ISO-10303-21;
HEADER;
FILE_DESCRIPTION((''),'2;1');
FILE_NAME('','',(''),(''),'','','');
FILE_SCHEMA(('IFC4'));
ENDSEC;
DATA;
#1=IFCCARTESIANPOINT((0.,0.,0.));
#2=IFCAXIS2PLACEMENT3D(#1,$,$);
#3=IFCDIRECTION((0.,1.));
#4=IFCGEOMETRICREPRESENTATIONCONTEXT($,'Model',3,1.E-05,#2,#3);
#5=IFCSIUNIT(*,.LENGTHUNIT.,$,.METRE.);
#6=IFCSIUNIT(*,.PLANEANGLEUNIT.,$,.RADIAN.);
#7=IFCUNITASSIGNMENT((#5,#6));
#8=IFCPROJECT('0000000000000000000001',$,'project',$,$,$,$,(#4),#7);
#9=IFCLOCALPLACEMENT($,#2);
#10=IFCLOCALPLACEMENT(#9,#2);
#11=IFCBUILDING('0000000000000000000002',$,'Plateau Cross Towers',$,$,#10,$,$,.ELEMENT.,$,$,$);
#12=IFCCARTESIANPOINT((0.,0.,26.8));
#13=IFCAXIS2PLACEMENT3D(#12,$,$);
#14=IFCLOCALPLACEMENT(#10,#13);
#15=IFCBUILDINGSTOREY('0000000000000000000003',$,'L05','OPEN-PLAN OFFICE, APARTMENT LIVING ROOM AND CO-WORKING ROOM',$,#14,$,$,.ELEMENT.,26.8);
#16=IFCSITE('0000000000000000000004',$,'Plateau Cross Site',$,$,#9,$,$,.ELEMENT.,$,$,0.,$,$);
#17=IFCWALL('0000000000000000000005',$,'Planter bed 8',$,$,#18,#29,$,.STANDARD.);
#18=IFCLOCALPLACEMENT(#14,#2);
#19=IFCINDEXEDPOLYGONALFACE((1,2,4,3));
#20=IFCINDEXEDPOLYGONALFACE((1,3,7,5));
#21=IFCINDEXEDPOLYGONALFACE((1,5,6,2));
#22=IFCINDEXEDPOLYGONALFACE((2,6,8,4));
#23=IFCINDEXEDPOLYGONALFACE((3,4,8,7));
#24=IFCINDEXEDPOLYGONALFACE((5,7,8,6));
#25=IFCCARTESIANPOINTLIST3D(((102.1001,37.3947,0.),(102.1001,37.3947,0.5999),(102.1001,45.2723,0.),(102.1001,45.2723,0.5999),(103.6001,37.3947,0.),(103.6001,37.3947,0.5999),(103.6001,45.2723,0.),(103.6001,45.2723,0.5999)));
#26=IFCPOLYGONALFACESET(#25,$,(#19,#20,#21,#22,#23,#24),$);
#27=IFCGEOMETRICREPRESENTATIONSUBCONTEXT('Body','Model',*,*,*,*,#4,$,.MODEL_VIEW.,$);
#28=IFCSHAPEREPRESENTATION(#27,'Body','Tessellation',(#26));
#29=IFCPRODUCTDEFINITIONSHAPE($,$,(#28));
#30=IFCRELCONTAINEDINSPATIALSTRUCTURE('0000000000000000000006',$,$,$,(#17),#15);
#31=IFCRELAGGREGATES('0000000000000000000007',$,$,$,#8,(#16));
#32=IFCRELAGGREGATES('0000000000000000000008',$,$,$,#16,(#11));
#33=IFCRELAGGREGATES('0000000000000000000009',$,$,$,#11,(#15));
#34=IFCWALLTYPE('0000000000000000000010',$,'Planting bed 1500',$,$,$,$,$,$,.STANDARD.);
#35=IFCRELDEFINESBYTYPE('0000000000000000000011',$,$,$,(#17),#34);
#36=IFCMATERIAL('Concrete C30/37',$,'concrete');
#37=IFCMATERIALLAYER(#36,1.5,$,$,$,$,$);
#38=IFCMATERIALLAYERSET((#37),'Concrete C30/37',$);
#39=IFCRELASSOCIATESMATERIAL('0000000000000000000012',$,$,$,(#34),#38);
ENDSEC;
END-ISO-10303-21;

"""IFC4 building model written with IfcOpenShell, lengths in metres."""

from ifc_helpers import new_model, si_unit, direction, frame, frame_2d, origin, place, context, subcontext, project, spatial, rectangle, extrude, material, layer, layer_set, type_object, element, save


model = new_model("IFC4")

# Units and contexts
model_context = context("Model", 3, precision=1e-05, world=origin(), true_north=direction((0.0, 1.0)))
body_context = subcontext(model_context, "Body", "Model", "MODEL_VIEW")
ifc_project = project(units=[si_unit("LENGTHUNIT", "METRE"), si_unit("PLANEANGLEUNIT", "RADIAN")], contexts=[model_context])

# Site, building, storey
site_placement = place(None, origin())
site = spatial("IfcSite", under=ifc_project, at=site_placement, Name="Plateau Cross Site", CompositionType="ELEMENT", RefElevation=0.0)
building_placement = place(site_placement, origin())
building = spatial("IfcBuilding", under=site, at=building_placement, Name="Plateau Cross Towers", CompositionType="ELEMENT")
storey_placement = place(building_placement, frame((0.0, 0.0, 26.8)))
storey = spatial("IfcBuildingStorey", under=building, at=storey_placement, Name="L05", Description="OPEN-PLAN OFFICE, APARTMENT LIVING ROOM AND CO-WORKING ROOM", CompositionType="ELEMENT", Elevation=26.8)

# Wall
ifc_material_1 = material(Name="Concrete C30/37", Category="concrete")
ifc_layer_1 = layer(ifc_material_1, 1.5)
ifc_layer_set_1 = layer_set([ifc_layer_1], Name="Concrete C30/37")
wall_type_1 = type_object("IfcWallType", Name="Planting bed 1500", PredefinedType="STANDARD", material=ifc_layer_set_1)
wall_1_placement = place(storey_placement, frame((102.8501, 45.2725, 0.0), z_axis=(0.0, 0.0, 1.0), x_axis=(0.0, -1.0, 0.0)))
element("IfcWall", 1, at=wall_1_placement, inside=storey, type_object=wall_type_1, Name="Planter bed 8", PredefinedType="STANDARD", context=body_context, shape_type="SweptSolid", body=[
    extrude(rectangle(XDim=7.8777, YDim=1.5, at=frame_2d((3.939, 0.0))), origin(), (0.0, 0.0, 1.0), 0.5999),
])

save(model, "model.ifc")
